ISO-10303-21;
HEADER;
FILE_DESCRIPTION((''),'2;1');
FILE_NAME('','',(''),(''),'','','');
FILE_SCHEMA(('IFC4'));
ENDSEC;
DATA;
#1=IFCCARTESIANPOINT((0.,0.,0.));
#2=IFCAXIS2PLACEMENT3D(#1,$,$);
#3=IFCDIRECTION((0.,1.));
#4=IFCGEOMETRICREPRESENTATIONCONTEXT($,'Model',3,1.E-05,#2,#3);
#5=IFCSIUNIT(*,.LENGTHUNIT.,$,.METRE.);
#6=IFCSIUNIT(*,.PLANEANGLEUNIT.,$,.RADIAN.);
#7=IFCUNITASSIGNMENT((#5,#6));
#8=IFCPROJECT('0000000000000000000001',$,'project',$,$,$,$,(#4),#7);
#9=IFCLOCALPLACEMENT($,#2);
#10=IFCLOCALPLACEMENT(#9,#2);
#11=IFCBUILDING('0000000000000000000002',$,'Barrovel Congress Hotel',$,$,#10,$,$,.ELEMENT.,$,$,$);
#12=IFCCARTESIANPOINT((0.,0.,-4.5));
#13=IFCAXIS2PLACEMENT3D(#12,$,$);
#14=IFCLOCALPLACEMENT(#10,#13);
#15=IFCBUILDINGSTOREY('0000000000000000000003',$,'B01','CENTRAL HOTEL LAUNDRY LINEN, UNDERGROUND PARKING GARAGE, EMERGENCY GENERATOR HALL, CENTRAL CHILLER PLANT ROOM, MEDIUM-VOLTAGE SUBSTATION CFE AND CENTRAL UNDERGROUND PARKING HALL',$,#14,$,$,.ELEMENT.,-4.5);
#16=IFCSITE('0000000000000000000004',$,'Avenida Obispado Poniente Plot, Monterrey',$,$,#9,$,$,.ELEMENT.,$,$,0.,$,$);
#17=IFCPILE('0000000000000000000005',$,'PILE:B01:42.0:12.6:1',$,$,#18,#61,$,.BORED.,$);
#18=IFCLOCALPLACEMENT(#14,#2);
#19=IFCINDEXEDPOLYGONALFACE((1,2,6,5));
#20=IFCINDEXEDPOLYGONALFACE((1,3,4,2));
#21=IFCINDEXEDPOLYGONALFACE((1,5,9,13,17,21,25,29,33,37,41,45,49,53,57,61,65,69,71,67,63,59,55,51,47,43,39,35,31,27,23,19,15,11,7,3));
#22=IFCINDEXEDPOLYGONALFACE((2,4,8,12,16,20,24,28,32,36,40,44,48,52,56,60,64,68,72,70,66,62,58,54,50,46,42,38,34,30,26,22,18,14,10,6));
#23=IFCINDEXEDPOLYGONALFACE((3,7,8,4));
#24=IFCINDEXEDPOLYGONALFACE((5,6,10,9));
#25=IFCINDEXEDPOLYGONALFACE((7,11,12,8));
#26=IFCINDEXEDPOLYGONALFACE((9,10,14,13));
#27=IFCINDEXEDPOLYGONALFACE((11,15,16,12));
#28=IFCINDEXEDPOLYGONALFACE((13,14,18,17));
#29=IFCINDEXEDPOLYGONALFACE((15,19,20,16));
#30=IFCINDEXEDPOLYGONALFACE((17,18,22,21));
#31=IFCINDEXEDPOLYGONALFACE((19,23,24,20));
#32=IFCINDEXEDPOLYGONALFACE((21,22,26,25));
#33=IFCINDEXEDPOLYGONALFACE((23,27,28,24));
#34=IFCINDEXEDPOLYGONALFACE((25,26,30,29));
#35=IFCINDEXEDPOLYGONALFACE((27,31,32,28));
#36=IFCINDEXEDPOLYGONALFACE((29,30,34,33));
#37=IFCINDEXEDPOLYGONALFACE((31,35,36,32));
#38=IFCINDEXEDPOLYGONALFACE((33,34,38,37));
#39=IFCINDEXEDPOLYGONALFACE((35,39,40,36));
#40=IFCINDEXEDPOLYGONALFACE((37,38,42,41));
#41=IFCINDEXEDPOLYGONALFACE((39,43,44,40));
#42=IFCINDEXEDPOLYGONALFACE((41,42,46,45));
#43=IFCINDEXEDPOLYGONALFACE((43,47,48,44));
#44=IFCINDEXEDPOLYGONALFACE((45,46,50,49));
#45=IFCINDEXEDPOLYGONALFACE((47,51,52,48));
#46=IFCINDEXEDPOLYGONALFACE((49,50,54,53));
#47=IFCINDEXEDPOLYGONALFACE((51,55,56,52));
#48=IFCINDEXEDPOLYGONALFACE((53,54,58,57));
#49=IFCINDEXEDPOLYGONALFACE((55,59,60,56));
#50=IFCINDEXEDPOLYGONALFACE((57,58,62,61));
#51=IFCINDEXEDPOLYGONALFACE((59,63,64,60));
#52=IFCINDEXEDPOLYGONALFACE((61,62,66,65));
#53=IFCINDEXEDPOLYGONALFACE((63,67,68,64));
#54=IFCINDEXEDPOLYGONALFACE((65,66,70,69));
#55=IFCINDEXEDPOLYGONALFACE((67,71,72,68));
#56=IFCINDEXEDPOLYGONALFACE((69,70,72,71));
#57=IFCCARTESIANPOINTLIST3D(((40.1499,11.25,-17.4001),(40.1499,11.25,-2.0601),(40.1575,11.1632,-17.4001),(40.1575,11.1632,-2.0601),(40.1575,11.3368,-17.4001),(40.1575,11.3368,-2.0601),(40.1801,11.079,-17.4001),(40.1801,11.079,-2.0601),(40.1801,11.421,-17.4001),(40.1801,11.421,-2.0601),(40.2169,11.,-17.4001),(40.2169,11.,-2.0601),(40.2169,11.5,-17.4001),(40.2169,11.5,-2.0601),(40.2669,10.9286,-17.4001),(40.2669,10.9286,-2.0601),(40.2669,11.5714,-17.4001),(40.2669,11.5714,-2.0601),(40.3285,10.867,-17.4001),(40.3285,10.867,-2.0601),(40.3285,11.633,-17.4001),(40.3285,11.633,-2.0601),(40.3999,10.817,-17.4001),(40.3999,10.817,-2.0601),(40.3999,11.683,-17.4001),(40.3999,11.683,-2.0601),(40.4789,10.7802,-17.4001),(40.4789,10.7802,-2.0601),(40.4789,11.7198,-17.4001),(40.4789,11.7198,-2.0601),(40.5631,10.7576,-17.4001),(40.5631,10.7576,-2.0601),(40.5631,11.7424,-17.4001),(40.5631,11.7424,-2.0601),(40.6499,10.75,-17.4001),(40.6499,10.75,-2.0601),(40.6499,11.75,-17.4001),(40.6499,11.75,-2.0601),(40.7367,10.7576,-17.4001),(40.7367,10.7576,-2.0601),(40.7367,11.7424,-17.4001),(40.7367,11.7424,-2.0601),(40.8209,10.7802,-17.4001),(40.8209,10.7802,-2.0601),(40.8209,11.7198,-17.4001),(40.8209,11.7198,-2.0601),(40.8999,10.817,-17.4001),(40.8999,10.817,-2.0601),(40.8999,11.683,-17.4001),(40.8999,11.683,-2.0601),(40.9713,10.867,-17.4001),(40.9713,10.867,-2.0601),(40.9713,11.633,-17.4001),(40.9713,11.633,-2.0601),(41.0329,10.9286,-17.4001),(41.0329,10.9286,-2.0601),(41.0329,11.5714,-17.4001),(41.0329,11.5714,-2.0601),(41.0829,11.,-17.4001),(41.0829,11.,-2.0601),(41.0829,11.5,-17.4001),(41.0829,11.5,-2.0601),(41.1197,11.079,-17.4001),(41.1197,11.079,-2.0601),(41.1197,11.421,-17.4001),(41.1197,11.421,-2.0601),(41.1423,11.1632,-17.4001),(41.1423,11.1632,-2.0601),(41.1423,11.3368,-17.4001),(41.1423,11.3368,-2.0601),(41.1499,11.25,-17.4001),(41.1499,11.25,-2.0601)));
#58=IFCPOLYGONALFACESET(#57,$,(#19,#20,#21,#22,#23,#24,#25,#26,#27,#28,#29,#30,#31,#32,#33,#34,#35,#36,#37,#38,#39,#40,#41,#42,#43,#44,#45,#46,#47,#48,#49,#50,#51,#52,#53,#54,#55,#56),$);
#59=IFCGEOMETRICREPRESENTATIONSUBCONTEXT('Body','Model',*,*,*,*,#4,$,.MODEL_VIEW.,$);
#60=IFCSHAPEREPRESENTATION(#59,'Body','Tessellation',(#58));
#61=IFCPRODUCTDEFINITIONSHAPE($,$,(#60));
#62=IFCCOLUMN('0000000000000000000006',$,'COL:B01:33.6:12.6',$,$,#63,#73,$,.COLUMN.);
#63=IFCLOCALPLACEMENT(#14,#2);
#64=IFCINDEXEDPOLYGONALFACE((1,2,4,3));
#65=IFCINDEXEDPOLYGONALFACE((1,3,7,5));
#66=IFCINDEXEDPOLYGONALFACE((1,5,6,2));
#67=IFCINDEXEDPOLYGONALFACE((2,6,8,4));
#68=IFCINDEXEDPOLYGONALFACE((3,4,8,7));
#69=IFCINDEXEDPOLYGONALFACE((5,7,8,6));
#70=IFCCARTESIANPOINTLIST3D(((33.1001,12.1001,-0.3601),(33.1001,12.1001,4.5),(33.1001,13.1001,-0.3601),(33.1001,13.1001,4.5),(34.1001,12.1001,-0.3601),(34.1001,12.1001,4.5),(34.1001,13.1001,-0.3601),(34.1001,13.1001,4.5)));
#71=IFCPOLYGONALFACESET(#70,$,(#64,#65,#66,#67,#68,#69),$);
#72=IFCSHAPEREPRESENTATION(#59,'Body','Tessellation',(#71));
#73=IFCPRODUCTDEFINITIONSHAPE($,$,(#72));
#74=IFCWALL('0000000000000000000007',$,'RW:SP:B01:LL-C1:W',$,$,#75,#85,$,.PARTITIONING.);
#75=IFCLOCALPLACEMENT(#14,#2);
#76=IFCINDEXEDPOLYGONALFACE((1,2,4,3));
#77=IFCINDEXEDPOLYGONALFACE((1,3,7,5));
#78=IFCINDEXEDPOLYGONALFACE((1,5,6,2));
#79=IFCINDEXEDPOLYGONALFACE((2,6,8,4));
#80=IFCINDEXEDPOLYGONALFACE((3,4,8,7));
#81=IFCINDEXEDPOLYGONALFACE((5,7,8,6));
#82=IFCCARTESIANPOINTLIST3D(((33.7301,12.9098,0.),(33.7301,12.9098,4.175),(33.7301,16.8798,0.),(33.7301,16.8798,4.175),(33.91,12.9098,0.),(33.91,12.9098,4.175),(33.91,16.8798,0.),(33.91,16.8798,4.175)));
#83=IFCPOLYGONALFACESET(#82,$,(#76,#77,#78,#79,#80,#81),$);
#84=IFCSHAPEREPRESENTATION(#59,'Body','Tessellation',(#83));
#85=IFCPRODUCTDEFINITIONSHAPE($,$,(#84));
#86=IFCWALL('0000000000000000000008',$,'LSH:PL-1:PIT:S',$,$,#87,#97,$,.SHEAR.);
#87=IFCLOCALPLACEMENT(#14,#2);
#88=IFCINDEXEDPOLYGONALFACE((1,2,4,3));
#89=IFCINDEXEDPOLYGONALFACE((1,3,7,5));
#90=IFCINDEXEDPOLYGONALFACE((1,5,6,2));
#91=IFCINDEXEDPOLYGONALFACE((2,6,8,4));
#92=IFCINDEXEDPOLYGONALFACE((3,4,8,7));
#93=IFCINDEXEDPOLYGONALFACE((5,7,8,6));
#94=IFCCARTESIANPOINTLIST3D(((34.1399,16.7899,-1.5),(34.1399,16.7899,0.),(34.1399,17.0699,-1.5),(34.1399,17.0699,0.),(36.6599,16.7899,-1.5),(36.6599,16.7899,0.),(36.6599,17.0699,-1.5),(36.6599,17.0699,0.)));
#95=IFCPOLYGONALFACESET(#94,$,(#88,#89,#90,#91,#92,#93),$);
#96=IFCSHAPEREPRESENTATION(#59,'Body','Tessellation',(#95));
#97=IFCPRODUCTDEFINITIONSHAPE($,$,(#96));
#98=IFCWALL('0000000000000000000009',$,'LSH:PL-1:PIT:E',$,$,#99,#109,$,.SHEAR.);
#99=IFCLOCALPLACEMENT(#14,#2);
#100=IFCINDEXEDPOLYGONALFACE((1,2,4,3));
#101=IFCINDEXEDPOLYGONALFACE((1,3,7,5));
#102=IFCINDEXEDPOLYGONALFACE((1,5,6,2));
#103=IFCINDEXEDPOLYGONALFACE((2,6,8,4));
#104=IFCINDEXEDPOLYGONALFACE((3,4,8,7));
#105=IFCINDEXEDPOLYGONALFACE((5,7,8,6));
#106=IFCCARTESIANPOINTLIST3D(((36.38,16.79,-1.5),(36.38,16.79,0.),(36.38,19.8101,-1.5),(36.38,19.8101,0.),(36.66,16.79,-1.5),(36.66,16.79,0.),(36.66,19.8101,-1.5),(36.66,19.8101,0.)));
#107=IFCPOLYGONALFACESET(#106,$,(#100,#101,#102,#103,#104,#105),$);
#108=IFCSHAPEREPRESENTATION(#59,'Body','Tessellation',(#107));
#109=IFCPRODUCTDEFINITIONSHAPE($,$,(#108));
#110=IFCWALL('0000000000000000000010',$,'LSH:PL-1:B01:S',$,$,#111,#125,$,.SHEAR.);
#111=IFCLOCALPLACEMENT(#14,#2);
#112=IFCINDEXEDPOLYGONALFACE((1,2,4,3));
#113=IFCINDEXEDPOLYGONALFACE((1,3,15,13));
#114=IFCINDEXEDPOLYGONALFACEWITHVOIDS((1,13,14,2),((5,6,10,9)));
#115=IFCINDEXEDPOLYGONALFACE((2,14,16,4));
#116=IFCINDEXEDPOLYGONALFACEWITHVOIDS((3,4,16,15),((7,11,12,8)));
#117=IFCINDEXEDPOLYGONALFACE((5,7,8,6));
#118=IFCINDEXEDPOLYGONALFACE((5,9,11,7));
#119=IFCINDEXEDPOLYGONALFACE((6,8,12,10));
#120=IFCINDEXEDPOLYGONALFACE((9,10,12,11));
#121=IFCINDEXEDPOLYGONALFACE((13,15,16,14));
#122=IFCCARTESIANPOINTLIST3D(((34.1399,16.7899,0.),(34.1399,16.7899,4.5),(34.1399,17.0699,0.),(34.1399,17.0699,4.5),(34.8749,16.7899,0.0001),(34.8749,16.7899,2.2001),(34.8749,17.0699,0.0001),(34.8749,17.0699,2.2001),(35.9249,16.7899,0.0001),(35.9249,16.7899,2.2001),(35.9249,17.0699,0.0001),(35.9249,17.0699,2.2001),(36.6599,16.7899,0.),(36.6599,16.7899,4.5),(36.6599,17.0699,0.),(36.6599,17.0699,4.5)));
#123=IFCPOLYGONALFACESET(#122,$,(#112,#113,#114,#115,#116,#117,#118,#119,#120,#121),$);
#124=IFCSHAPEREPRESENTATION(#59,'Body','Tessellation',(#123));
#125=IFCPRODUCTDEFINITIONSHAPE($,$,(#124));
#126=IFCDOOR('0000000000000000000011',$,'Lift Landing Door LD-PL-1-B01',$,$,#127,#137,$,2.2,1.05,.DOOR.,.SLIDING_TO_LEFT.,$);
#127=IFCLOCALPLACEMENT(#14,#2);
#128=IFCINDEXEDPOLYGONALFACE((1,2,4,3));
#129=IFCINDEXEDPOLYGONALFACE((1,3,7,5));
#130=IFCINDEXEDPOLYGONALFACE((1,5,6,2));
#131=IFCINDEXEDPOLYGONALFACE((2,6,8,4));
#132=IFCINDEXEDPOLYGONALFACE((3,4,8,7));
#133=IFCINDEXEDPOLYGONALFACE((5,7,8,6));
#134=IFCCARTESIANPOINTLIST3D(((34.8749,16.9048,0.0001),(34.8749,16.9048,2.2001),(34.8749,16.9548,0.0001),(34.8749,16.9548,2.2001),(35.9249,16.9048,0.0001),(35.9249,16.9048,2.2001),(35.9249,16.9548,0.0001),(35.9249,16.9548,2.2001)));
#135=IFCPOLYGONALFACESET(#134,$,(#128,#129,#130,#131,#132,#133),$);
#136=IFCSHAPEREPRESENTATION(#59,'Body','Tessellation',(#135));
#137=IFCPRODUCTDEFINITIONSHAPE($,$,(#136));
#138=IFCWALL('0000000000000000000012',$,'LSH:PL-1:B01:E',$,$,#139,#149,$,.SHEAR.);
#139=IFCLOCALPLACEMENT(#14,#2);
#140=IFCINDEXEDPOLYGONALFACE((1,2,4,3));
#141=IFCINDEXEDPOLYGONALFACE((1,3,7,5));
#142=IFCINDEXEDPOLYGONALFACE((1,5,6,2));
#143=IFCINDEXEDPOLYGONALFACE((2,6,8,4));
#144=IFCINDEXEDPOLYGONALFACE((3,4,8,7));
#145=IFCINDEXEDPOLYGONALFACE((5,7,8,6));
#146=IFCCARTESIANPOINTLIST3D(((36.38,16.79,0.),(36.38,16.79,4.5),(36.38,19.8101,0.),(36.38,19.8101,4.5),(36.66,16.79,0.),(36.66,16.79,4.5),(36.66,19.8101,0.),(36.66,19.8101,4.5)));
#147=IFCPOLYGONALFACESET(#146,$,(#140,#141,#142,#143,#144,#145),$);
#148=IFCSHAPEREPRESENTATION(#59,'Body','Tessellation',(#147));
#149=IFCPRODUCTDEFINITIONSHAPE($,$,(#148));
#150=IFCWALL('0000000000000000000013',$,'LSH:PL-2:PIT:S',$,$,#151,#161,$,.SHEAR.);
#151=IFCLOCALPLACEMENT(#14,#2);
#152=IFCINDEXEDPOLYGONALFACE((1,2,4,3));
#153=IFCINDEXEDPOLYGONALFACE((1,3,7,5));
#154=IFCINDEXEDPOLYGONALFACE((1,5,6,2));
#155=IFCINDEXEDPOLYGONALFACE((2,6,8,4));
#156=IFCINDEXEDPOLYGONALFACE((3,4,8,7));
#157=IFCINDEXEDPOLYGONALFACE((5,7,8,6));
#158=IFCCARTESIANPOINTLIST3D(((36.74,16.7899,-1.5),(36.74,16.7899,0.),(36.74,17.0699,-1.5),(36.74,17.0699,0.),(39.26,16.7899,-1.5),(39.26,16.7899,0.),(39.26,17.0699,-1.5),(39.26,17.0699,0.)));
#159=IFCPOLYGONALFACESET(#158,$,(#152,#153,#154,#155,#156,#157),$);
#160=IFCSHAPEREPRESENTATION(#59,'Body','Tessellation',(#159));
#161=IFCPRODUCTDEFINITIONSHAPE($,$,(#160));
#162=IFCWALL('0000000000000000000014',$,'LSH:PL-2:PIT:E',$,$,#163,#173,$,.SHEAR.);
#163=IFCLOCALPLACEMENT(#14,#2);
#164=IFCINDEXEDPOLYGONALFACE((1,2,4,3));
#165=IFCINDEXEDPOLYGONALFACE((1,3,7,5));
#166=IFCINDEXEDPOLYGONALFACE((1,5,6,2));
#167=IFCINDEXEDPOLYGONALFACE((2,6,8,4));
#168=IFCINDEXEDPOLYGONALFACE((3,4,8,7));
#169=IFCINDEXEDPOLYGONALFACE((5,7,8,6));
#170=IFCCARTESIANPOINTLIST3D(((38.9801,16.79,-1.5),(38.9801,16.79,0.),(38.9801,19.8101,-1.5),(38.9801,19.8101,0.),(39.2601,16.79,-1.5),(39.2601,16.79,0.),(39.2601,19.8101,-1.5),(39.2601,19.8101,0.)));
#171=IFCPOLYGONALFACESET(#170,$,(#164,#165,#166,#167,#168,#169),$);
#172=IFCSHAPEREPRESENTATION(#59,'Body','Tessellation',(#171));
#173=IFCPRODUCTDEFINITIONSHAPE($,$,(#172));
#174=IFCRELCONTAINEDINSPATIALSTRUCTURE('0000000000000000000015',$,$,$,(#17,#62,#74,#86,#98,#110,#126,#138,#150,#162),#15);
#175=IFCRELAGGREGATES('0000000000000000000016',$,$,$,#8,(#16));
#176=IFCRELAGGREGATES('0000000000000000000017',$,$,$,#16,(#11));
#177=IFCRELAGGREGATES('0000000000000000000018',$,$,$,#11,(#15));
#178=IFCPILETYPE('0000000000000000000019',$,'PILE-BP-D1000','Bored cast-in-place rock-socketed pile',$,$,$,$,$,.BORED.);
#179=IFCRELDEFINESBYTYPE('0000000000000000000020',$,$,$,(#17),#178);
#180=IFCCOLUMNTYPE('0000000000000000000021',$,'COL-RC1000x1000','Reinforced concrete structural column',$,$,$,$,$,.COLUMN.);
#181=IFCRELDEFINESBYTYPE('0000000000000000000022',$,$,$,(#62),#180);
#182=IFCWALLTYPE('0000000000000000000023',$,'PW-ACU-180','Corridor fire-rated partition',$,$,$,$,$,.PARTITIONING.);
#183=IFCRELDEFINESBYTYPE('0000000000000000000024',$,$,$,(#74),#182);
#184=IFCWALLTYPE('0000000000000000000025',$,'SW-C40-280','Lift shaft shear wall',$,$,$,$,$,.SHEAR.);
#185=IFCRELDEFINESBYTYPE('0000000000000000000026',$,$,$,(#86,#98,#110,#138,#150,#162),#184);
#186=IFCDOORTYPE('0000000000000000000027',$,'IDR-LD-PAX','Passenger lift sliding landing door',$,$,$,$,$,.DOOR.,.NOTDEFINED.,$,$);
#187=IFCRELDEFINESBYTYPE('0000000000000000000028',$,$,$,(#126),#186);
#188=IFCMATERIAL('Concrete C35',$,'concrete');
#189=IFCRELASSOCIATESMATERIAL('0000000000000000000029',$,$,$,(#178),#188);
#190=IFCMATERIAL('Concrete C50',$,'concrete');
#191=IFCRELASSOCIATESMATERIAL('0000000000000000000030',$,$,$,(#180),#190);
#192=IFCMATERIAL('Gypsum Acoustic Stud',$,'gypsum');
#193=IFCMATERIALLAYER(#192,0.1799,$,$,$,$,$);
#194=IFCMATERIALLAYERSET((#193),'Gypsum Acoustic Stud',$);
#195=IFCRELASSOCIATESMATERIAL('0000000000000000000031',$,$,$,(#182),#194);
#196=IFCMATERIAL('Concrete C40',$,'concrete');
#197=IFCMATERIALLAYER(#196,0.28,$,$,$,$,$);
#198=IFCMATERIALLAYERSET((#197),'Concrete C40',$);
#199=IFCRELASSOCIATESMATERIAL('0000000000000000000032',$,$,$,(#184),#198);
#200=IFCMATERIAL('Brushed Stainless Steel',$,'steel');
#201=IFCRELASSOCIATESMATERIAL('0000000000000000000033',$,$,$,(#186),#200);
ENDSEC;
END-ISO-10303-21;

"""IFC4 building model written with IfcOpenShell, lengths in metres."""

from ifc_helpers import new_model, si_unit, direction, frame, frame_2d, origin, origin_2d, place, context, subcontext, project, spatial, rectangle, circle, extrude, material, layer, layer_set, material_profile, profile_set, type_object, element, fill, save


model = new_model("IFC4")

# Units and contexts
model_context = context("Model", 3, precision=1e-05, world=origin(), true_north=direction((0.0, 1.0)))
body_context = subcontext(model_context, "Body", "Model", "MODEL_VIEW")
ifc_project = project(units=[si_unit("LENGTHUNIT", "METRE"), si_unit("PLANEANGLEUNIT", "RADIAN")], contexts=[model_context])

# Site, building, storey
site_placement = place(None, origin())
site = spatial("IfcSite", under=ifc_project, at=site_placement, Name="Avenida Obispado Poniente Plot, Monterrey", CompositionType="ELEMENT", RefElevation=0.0)
building_placement = place(site_placement, origin())
building = spatial("IfcBuilding", under=site, at=building_placement, Name="Barrovel Congress Hotel", CompositionType="ELEMENT")
storey_placement = place(building_placement, frame((0.0, 0.0, -4.5)))
storey = spatial("IfcBuildingStorey", under=building, at=storey_placement, Name="B01", Description="CENTRAL HOTEL LAUNDRY LINEN, UNDERGROUND PARKING GARAGE, EMERGENCY GENERATOR HALL, CENTRAL CHILLER PLANT ROOM, MEDIUM-VOLTAGE SUBSTATION CFE AND CENTRAL UNDERGROUND PARKING HALL", CompositionType="ELEMENT", Elevation=-4.5)

# Shared definitions
ifc_material_1 = material(Name="Concrete C40", Category="concrete")

# Pile
ifc_material_2 = material(Name="Concrete C35", Category="concrete")
ifc_material_profile_1 = material_profile(ifc_material_2, circle(Radius=0.5, at=origin_2d()), Name="BP-D1000")
ifc_profile_set_1 = profile_set([ifc_material_profile_1], Name="Concrete C35")
pile_type = type_object("IfcPileType", Name="PILE-BP-D1000", Description="Bored cast-in-place rock-socketed pile", PredefinedType="BORED", material=ifc_profile_set_1)
for number, where, z_axis, x_axis, name in (
    (1, (40.6499, 11.25, -2.0601), (0.0, 0.0, -1.0), (1.0, 0.0, 0.0), "PILE:B01:42.0:12.6:1"),
):
    element("IfcPile", number, at=place(storey_placement, frame(where, z_axis=z_axis, x_axis=x_axis)), inside=storey, type_object=pile_type, Name=name, PredefinedType="BORED", context=body_context, shape_type="SweptSolid", body=[
        extrude(circle(Radius=0.5, at=origin_2d()), origin(), (0.0, 0.0, 1.0), 15.3401),
    ])

# Column
ifc_material_3 = material(Name="Concrete C50", Category="concrete")
ifc_material_profile_2 = material_profile(ifc_material_3, rectangle(XDim=1.0, YDim=1.0, at=origin_2d()), Name="RC1000x1000")
ifc_profile_set_2 = profile_set([ifc_material_profile_2], Name="Concrete C50")
column_type = type_object("IfcColumnType", Name="COL-RC1000x1000", Description="Reinforced concrete structural column", PredefinedType="COLUMN", material=ifc_profile_set_2)
column_placement = place(storey_placement, frame((33.6001, 12.6001, -0.3601), z_axis=(0.0, 0.0, 1.0), x_axis=(1.0, 0.0, 0.0)))
element("IfcColumn", 2, at=column_placement, inside=storey, type_object=column_type, Name="COL:B01:33.6:12.6", PredefinedType="COLUMN", context=body_context, shape_type="SweptSolid", body=[
    extrude(rectangle(XDim=1.0, YDim=1.0, at=origin_2d()), origin(), (0.0, 0.0, 1.0), 4.8601),
])

# Shared definitions
ifc_material_4 = material(Name="Gypsum Acoustic Stud", Category="gypsum")
ifc_layer_1 = layer(ifc_material_4, 0.1799)
ifc_layer_set_1 = layer_set([ifc_layer_1], Name="Gypsum Acoustic Stud")
wall_type_1 = type_object("IfcWallType", Name="PW-ACU-180", Description="Corridor fire-rated partition", PredefinedType="PARTITIONING", material=ifc_layer_set_1)

# Wall
wall_1_placement = place(storey_placement, frame((33.8201, 12.9099, 0.0), z_axis=(0.0, 0.0, 1.0), x_axis=(0.0, 1.0, 0.0)))
element("IfcWall", 3, at=wall_1_placement, inside=storey, type_object=wall_type_1, Name="RW:SP:B01:LL-C1:W", PredefinedType="PARTITIONING", context=body_context, shape_type="SweptSolid", body=[
    extrude(rectangle(XDim=3.97, YDim=0.1799, at=frame_2d((1.9849, 0.0))), origin(), (0.0, 0.0, 1.0), 4.175),
])

# Walls
ifc_layer_2 = layer(ifc_material_1, 0.28)
ifc_layer_set_2 = layer_set([ifc_layer_2], Name="Concrete C40")
wall_type_2 = type_object("IfcWallType", Name="SW-C40-280", Description="Lift shaft shear wall", PredefinedType="SHEAR", material=ifc_layer_set_2)
wall_2_placement = place(storey_placement, frame((34.1399, 16.9299, -1.5), z_axis=(0.0, 0.0, 1.0), x_axis=(1.0, 0.0, 0.0)))
element("IfcWall", 4, at=wall_2_placement, inside=storey, type_object=wall_type_2, Name="LSH:PL-1:PIT:S", PredefinedType="SHEAR", context=body_context, shape_type="SweptSolid", body=[
    extrude(rectangle(XDim=2.52, YDim=0.28, at=frame_2d((1.26, 0.0))), origin(), (0.0, 0.0, 1.0), 1.5),
])
wall_3_placement = place(storey_placement, frame((36.52, 16.79, -1.5), z_axis=(0.0, 0.0, 1.0), x_axis=(0.0, 1.0, 0.0)))
element("IfcWall", 5, at=wall_3_placement, inside=storey, type_object=wall_type_2, Name="LSH:PL-1:PIT:E", PredefinedType="SHEAR", context=body_context, shape_type="SweptSolid", body=[
    extrude(rectangle(XDim=3.02, YDim=0.28, at=frame_2d((1.51, 0.0))), origin(), (0.0, 0.0, 1.0), 1.5),
])

# Wall, opening, door
wall_4_placement = place(storey_placement, frame((34.1399, 16.9299, 0.0), z_axis=(0.0, 0.0, 1.0), x_axis=(1.0, 0.0, 0.0)))
wall_4 = element("IfcWall", 6, at=wall_4_placement, inside=storey, type_object=wall_type_2, Name="LSH:PL-1:B01:S", PredefinedType="SHEAR", context=body_context, shape_type="SweptSolid", body=[
    extrude(rectangle(XDim=2.52, YDim=0.28, at=frame_2d((1.26, 0.0))), origin(), (0.0, 0.0, 1.0), 4.5),
])
opening_1_placement = place(wall_4_placement, frame((0.7351, 0.0, 0.0)))
opening_1 = element("IfcOpeningElement", 7, at=opening_1_placement, cuts=wall_4, PredefinedType="OPENING", context=body_context, shape_type="SweptSolid", body=[
    extrude(rectangle(XDim=1.05, YDim=2.2, at=frame_2d((0.5249, 1.1001))), frame((0.0, 0.1499, 0.0), z_axis=(0.0, -1.0, 0.0), x_axis=(1.0, 0.0, 0.0)), (0.0, 0.0, 1.0), 0.3),
])
ifc_material_5 = material(Name="Brushed Stainless Steel", Category="steel")
door_type_1 = type_object("IfcDoorType", Name="IDR-LD-PAX", Description="Passenger lift sliding landing door", OperationType="NOTDEFINED", PredefinedType="DOOR", material=ifc_material_5)
door_1_placement = place(opening_1_placement, origin())
door_1 = element("IfcDoor", 8, at=door_1_placement, inside=storey, type_object=door_type_1, Name="Lift Landing Door LD-PL-1-B01", OperationType="SLIDING_TO_LEFT", OverallHeight=2.2, OverallWidth=1.05, PredefinedType="DOOR", context=body_context, shape_type="SweptSolid", body=[
    extrude(rectangle(XDim=1.05, YDim=2.2, at=frame_2d((0.5249, 1.1001))), frame((0.0, 0.0249, 0.0), z_axis=(0.0, -1.0, 0.0), x_axis=(1.0, 0.0, 0.0)), (0.0, 0.0, 1.0), 0.05),
])
fill(opening_1, door_1)

# Walls
wall_5_placement = place(storey_placement, frame((36.52, 16.79, 0.0), z_axis=(0.0, 0.0, 1.0), x_axis=(0.0, 1.0, 0.0)))
element("IfcWall", 9, at=wall_5_placement, inside=storey, type_object=wall_type_2, Name="LSH:PL-1:B01:E", PredefinedType="SHEAR", context=body_context, shape_type="SweptSolid", body=[
    extrude(rectangle(XDim=3.02, YDim=0.28, at=frame_2d((1.51, 0.0))), origin(), (0.0, 0.0, 1.0), 4.5),
])
wall_6_placement = place(storey_placement, frame((36.74, 16.9299, -1.5), z_axis=(0.0, 0.0, 1.0), x_axis=(1.0, 0.0, 0.0)))
element("IfcWall", 10, at=wall_6_placement, inside=storey, type_object=wall_type_2, Name="LSH:PL-2:PIT:S", PredefinedType="SHEAR", context=body_context, shape_type="SweptSolid", body=[
    extrude(rectangle(XDim=2.52, YDim=0.28, at=frame_2d((1.26, 0.0))), origin(), (0.0, 0.0, 1.0), 1.5),
])
wall_7_placement = place(storey_placement, frame((39.1201, 16.79, -1.5), z_axis=(0.0, 0.0, 1.0), x_axis=(0.0, 1.0, 0.0)))
element("IfcWall", 11, at=wall_7_placement, inside=storey, type_object=wall_type_2, Name="LSH:PL-2:PIT:E", PredefinedType="SHEAR", context=body_context, shape_type="SweptSolid", body=[
    extrude(rectangle(XDim=3.02, YDim=0.28, at=frame_2d((1.51, 0.0))), origin(), (0.0, 0.0, 1.0), 1.5),
])

save(model, "model.ifc")
